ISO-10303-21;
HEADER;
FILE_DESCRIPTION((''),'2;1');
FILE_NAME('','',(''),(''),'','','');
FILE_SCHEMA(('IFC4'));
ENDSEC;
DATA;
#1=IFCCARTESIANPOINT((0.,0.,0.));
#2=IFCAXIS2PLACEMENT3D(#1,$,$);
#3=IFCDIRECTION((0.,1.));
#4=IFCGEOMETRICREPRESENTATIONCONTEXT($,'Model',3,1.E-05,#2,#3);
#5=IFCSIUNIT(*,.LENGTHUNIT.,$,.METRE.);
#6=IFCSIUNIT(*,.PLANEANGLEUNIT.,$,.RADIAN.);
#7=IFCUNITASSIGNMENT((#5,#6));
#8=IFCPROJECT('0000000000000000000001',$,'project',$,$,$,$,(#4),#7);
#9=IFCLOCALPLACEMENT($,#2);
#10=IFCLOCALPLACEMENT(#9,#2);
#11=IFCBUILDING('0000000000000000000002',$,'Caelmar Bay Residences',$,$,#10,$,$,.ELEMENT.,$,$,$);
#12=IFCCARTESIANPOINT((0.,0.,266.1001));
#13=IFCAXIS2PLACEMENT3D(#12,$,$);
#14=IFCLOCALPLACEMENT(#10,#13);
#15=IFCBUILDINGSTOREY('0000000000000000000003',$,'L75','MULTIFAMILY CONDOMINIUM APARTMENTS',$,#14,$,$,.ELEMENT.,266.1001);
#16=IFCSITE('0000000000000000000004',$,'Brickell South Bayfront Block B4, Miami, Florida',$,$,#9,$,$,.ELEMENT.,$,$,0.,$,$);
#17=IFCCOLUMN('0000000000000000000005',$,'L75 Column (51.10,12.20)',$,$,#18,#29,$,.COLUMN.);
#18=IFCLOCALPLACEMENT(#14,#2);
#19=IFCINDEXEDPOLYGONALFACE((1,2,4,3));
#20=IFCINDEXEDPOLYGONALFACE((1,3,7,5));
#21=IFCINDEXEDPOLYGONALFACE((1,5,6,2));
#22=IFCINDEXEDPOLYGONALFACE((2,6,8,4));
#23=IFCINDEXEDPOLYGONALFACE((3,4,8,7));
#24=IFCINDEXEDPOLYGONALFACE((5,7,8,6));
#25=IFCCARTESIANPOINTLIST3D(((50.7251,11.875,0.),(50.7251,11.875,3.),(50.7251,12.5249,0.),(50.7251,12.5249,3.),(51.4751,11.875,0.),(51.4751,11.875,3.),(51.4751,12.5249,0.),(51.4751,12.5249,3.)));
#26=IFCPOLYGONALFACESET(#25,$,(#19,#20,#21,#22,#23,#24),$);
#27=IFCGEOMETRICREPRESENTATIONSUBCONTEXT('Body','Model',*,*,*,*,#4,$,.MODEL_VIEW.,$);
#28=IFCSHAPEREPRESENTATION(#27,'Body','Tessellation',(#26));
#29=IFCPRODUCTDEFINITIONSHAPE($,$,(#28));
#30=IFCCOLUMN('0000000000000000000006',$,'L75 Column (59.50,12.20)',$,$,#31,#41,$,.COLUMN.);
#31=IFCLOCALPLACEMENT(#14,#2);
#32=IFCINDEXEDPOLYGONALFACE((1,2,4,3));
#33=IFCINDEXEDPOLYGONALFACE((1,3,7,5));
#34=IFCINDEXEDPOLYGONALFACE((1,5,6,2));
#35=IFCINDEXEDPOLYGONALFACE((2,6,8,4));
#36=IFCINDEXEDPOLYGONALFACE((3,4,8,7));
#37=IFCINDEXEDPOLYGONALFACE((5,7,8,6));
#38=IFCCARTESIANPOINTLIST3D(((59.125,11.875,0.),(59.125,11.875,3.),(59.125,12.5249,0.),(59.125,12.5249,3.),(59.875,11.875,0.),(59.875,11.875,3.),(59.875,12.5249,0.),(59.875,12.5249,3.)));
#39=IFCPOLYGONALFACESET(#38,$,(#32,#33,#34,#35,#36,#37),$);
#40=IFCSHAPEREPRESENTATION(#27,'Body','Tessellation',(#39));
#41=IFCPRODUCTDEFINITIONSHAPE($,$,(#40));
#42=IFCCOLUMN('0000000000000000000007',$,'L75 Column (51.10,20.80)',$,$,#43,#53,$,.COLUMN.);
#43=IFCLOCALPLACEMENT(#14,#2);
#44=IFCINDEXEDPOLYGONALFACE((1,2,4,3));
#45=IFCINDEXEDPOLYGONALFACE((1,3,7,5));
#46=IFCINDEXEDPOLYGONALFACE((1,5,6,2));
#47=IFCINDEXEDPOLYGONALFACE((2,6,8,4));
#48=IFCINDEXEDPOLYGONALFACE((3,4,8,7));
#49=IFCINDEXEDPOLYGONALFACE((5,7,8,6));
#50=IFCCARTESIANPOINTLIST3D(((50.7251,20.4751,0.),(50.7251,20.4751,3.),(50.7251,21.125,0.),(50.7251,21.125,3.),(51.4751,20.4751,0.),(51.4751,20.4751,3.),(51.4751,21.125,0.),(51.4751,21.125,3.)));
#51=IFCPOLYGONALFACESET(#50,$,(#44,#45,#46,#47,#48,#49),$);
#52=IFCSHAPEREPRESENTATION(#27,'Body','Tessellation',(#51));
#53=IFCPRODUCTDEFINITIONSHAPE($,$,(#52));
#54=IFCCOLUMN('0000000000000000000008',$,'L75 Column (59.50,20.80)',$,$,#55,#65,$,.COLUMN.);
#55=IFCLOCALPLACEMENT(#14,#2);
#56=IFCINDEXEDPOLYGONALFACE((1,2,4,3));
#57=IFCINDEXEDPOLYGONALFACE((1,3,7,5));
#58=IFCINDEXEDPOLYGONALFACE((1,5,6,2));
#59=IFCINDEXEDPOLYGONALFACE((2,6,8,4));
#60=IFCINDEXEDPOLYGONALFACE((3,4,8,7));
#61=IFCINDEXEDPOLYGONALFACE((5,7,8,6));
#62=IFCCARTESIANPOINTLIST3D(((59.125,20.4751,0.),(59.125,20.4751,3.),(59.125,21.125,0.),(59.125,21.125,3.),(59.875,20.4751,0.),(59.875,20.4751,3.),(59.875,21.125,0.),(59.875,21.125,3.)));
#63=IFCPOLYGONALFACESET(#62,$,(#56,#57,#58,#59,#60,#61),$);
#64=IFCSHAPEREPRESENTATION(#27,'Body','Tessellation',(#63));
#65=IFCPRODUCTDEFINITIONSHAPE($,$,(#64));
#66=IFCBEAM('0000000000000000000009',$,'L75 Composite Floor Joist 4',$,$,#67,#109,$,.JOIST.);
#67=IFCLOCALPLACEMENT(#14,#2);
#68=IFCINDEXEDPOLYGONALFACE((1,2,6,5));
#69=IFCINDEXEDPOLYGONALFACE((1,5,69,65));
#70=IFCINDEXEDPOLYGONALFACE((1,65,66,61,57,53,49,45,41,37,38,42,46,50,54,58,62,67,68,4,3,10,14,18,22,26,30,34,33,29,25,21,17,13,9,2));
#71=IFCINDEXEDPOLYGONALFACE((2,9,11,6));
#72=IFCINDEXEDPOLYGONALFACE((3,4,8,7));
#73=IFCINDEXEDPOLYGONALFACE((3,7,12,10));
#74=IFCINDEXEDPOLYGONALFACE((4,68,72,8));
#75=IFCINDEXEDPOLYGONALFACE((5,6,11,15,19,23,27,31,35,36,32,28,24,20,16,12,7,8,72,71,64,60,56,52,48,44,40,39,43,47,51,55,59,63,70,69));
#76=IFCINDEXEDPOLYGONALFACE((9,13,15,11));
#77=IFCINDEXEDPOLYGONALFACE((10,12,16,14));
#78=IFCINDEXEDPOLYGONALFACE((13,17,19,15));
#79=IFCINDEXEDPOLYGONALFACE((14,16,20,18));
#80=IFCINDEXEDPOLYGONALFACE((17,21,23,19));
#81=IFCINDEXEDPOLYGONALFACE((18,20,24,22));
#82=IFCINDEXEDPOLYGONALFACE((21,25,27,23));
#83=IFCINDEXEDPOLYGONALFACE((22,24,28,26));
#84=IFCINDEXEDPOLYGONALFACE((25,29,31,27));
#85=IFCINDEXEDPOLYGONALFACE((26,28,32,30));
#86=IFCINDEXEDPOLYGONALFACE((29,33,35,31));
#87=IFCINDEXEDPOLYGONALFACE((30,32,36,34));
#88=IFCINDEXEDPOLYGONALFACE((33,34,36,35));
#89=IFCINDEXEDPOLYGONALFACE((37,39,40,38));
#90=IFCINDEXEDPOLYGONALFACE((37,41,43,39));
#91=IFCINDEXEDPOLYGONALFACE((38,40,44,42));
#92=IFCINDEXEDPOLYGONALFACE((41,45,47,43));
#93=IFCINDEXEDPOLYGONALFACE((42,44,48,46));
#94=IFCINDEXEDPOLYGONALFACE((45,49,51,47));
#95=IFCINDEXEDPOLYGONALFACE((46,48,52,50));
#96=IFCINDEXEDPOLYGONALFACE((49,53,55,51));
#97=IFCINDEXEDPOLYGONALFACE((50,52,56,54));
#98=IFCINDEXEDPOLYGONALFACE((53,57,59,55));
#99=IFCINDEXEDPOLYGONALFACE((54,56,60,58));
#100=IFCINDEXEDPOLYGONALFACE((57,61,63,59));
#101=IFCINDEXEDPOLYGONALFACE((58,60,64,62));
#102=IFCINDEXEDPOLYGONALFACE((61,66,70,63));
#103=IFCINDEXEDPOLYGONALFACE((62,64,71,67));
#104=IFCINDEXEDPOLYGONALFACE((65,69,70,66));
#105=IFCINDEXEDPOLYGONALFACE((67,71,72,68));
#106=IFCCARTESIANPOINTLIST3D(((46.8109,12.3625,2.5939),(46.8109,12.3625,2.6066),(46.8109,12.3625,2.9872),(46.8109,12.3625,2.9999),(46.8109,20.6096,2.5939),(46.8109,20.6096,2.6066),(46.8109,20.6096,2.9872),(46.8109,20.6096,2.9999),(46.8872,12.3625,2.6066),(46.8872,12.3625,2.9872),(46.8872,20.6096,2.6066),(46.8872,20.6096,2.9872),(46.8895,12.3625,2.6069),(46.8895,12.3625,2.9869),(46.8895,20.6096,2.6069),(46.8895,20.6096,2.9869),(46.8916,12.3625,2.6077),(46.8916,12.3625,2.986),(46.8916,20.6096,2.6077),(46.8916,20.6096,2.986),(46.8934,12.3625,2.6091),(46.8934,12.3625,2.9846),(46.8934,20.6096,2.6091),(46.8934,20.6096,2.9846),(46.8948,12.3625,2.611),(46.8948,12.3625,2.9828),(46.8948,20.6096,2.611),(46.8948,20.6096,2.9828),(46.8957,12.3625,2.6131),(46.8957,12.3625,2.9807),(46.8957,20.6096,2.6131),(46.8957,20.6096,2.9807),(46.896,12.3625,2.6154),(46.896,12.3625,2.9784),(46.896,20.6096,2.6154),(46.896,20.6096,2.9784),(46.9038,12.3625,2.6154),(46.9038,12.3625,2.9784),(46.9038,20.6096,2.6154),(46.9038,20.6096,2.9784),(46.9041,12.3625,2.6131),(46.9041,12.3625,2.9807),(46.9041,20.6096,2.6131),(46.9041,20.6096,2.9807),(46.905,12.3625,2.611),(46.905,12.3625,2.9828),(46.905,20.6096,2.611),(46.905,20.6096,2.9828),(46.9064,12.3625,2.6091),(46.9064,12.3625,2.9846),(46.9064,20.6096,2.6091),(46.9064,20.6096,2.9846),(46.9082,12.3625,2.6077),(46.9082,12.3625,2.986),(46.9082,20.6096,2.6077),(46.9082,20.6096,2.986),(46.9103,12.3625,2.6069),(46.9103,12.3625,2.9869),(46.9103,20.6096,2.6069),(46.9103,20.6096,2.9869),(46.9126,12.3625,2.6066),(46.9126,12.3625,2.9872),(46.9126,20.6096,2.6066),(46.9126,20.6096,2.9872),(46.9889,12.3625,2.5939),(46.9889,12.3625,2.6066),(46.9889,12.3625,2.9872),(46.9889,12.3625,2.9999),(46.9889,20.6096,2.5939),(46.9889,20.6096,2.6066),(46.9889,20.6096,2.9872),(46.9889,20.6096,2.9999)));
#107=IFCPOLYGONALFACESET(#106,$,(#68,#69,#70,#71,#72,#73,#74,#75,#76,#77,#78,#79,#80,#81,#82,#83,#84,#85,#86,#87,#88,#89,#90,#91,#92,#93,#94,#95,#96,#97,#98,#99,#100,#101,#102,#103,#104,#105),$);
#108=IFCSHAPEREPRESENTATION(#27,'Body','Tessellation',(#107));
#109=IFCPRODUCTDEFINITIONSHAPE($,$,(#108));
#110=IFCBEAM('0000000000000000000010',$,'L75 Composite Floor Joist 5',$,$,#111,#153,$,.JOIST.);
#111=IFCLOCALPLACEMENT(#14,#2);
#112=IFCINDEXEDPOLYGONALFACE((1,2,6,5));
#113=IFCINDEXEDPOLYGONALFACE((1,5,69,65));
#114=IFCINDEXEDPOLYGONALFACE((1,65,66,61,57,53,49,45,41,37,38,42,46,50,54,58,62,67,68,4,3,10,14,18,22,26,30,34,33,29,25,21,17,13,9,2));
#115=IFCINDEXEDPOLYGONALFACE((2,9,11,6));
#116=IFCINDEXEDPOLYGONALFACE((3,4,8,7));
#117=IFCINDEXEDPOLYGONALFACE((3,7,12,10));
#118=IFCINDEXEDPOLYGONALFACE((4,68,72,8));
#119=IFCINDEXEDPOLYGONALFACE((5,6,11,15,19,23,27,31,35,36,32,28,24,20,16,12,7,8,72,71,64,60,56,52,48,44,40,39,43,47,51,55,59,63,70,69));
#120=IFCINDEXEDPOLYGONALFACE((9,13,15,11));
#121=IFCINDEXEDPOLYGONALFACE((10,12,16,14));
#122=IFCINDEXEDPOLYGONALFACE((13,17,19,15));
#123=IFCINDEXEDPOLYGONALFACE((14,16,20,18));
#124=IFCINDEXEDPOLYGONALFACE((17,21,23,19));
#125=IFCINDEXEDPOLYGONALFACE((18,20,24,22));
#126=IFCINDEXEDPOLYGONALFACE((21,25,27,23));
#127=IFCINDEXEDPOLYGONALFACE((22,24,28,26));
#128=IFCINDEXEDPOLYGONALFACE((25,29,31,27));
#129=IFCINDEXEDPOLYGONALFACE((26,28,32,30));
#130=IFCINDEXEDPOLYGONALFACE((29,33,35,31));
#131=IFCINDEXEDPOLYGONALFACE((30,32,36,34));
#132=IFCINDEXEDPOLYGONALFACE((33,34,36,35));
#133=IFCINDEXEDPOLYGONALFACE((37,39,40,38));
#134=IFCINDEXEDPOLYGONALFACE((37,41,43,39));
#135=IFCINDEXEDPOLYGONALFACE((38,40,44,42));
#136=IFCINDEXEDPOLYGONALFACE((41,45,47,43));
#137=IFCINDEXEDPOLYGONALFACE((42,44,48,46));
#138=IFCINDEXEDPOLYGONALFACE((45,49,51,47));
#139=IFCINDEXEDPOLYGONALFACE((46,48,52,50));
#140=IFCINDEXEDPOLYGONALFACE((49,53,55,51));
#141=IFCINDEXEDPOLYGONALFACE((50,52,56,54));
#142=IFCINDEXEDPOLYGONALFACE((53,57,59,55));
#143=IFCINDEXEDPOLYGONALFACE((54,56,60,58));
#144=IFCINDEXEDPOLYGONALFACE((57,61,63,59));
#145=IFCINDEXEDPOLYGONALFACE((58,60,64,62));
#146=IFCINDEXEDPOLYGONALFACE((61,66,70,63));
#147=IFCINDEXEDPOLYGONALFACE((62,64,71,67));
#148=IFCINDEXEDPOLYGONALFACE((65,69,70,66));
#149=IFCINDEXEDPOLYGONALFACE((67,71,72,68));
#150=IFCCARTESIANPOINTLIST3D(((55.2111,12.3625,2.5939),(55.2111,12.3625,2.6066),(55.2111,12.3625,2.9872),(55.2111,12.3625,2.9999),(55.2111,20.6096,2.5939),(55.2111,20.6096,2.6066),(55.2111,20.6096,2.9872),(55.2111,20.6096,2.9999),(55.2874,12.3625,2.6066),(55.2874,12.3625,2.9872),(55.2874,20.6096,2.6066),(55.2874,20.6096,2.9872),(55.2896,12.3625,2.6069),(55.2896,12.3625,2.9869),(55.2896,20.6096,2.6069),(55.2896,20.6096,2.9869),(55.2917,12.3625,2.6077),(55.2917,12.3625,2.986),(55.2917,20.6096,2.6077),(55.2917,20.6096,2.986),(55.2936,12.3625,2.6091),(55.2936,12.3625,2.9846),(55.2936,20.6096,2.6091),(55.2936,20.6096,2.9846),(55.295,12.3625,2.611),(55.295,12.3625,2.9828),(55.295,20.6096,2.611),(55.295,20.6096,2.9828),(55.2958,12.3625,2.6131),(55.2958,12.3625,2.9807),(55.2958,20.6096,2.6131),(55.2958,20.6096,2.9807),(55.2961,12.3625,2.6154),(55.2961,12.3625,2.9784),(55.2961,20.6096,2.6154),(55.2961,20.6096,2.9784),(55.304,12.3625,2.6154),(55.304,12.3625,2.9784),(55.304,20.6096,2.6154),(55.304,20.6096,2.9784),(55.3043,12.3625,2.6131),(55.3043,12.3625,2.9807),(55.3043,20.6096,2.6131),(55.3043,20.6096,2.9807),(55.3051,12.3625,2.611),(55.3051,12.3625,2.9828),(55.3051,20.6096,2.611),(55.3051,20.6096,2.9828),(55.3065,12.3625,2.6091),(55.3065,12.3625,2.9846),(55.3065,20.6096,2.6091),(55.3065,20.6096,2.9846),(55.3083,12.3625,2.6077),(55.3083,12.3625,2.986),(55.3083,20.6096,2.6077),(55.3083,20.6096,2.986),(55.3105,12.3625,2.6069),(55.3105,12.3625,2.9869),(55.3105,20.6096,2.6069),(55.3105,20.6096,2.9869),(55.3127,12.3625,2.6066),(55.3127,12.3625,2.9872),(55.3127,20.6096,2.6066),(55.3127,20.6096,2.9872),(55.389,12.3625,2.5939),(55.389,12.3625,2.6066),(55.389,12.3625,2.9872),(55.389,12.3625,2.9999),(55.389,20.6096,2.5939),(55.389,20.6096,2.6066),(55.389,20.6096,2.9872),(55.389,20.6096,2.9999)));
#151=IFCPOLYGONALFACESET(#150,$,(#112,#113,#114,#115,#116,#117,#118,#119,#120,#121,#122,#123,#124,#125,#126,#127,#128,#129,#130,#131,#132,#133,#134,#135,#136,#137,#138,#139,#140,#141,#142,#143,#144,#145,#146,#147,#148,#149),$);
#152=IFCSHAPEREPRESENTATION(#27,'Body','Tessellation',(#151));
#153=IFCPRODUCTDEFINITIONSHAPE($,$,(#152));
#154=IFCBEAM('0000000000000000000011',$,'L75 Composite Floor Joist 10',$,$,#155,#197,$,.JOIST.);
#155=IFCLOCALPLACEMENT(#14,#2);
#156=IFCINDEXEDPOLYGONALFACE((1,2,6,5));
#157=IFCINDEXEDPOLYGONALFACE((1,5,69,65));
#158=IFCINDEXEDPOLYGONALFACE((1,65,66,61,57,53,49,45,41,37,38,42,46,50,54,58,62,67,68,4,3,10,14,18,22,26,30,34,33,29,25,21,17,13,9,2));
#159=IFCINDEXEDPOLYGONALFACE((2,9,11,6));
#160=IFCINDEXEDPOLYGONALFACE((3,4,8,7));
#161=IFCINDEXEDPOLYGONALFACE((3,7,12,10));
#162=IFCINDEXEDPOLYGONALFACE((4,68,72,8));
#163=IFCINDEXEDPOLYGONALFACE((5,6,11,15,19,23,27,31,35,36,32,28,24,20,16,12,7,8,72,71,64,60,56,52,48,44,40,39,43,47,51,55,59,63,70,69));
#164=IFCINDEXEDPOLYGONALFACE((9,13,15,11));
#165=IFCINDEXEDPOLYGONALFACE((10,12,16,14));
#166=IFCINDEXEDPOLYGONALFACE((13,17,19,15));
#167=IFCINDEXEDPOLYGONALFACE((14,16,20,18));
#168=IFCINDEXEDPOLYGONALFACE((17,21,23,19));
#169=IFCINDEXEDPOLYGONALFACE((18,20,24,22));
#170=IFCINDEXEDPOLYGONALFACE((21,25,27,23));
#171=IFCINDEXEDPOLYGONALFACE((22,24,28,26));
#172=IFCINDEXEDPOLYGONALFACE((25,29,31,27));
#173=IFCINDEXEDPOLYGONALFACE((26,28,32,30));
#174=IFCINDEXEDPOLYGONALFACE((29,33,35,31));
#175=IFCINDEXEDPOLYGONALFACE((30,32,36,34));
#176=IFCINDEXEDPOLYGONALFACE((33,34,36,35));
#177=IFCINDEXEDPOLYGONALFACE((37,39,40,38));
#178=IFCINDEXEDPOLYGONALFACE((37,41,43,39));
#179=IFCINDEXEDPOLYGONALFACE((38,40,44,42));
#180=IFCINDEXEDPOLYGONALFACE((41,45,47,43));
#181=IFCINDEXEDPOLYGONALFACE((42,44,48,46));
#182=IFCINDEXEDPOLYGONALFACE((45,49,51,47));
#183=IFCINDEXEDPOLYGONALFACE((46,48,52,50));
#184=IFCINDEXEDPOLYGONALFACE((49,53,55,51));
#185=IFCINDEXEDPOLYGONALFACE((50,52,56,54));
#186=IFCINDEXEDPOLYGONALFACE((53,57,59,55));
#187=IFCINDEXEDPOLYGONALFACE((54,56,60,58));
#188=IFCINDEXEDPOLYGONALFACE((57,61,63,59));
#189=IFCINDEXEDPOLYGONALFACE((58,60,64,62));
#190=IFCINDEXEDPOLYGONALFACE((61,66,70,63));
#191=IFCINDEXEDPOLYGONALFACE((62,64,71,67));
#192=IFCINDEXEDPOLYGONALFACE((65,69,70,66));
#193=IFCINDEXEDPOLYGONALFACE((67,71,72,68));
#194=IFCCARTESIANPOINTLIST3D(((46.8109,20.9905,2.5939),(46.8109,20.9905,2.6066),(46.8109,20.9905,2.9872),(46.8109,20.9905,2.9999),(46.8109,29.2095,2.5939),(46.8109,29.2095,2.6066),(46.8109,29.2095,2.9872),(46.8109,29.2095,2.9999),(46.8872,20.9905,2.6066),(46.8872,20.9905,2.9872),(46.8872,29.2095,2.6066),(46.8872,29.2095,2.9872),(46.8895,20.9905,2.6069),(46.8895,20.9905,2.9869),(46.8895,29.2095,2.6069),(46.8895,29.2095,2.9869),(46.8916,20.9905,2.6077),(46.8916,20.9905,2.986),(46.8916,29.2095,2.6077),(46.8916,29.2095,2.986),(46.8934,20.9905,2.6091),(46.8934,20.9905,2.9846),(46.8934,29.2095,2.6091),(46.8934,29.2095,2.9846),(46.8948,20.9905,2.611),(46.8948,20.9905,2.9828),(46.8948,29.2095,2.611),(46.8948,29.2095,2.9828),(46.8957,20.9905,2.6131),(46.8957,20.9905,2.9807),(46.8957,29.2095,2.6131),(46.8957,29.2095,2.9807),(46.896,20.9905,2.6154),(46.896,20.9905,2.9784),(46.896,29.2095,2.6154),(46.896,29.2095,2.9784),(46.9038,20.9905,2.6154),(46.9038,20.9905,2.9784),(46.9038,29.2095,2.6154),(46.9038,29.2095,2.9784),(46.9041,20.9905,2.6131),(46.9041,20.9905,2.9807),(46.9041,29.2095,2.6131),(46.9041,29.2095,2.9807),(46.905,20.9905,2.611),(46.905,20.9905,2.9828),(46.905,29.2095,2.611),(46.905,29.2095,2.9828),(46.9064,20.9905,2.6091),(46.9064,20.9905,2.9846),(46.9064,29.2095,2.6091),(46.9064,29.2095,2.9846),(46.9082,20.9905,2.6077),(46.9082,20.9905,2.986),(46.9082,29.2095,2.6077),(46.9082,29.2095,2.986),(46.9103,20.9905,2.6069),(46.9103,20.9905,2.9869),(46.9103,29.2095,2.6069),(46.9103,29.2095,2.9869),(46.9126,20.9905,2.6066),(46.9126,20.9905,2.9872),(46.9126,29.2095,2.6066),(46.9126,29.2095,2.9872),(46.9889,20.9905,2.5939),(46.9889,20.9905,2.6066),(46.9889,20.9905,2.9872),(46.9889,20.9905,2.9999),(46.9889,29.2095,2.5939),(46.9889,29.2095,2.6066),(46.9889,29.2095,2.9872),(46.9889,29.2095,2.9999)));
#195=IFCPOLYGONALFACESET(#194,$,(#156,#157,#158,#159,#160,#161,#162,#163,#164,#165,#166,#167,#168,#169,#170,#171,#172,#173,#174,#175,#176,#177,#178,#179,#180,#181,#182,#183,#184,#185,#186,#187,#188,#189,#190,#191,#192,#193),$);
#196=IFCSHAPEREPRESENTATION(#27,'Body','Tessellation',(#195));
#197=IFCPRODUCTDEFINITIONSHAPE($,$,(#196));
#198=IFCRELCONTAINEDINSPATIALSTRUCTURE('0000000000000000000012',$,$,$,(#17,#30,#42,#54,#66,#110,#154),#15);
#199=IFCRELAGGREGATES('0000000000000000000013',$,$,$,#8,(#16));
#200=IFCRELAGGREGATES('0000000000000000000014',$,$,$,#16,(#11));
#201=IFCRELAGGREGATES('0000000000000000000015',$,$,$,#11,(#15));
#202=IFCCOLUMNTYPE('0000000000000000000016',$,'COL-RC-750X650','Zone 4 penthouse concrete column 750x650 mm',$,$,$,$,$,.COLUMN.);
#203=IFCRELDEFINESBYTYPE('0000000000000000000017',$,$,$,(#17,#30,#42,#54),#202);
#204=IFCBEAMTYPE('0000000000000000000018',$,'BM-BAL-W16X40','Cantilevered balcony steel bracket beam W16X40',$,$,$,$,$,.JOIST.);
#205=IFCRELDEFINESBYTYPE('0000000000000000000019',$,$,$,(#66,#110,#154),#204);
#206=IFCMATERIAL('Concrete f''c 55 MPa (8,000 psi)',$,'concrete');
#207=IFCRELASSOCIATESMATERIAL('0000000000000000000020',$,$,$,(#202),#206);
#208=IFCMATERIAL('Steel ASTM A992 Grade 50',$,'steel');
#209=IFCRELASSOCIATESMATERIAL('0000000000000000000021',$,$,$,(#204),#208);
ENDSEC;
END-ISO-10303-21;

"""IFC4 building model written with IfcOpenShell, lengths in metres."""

from ifc_helpers import new_model, si_unit, direction, frame, origin, origin_2d, place, context, subcontext, project, spatial, rectangle, i_section, extrude, material, material_profile, profile_set, type_object, element, save


model = new_model("IFC4")

# Units and contexts
model_context = context("Model", 3, precision=1e-05, world=origin(), true_north=direction((0.0, 1.0)))
body_context = subcontext(model_context, "Body", "Model", "MODEL_VIEW")
ifc_project = project(units=[si_unit("LENGTHUNIT", "METRE"), si_unit("PLANEANGLEUNIT", "RADIAN")], contexts=[model_context])

# Site, building, storey
site_placement = place(None, origin())
site = spatial("IfcSite", under=ifc_project, at=site_placement, Name="Brickell South Bayfront Block B4, Miami, Florida", CompositionType="ELEMENT", RefElevation=0.0)
building_placement = place(site_placement, origin())
building = spatial("IfcBuilding", under=site, at=building_placement, Name="Caelmar Bay Residences", CompositionType="ELEMENT")
storey_placement = place(building_placement, frame((0.0, 0.0, 266.1001)))
storey = spatial("IfcBuildingStorey", under=building, at=storey_placement, Name="L75", Description="MULTIFAMILY CONDOMINIUM APARTMENTS", CompositionType="ELEMENT", Elevation=266.1001)

# Columns
ifc_material_1 = material(Name="Concrete f'c 55 MPa (8,000 psi)", Category="concrete")
ifc_material_profile_1 = material_profile(ifc_material_1, rectangle(XDim=0.75, YDim=0.6499, at=origin_2d()), Name="RC-COL-750X650")
ifc_profile_set_1 = profile_set([ifc_material_profile_1], Name="Concrete f'c 55 MPa (8,000 psi)")
column_type = type_object("IfcColumnType", Name="COL-RC-750X650", Description="Zone 4 penthouse concrete column 750x650 mm", PredefinedType="COLUMN", material=ifc_profile_set_1)
for number, where, z_axis, x_axis, name in (
    (1, (51.1001, 12.2, 0.0), (0.0, 0.0, 1.0), (1.0, 0.0, 0.0), "L75 Column (51.10,12.20)"),
    (2, (59.5, 12.2, 0.0), (0.0, 0.0, 1.0), (1.0, 0.0, 0.0), "L75 Column (59.50,12.20)"),
    (3, (51.1001, 20.8, 0.0), (0.0, 0.0, 1.0), (1.0, 0.0, 0.0), "L75 Column (51.10,20.80)"),
    (4, (59.5, 20.8, 0.0), (0.0, 0.0, 1.0), (1.0, 0.0, 0.0), "L75 Column (59.50,20.80)"),
):
    element("IfcColumn", number, at=place(storey_placement, frame(where, z_axis=z_axis, x_axis=x_axis)), inside=storey, type_object=column_type, Name=name, PredefinedType="COLUMN", context=body_context, shape_type="SweptSolid", body=[
        extrude(rectangle(XDim=0.75, YDim=0.6499, at=origin_2d()), origin(), (0.0, 0.0, 1.0), 3.0),
    ])

# Beams
ifc_material_2 = material(Name="Steel ASTM A992 Grade 50", Category="steel")
ifc_material_profile_2 = material_profile(ifc_material_2, i_section(OverallWidth=0.178, OverallDepth=0.406, WebThickness=0.0078, FlangeThickness=0.0127, FilletRadius=0.0088, at=origin_2d()), Name="W16X40")
ifc_profile_set_2 = profile_set([ifc_material_profile_2], Name="Steel ASTM A992 Grade 50")
beam_type_1 = type_object("IfcBeamType", Name="BM-BAL-W16X40", Description="Cantilevered balcony steel bracket beam W16X40", PredefinedType="JOIST", material=ifc_profile_set_2)
for number, where, z_axis, x_axis, name in (
    (5, (46.8999, 12.3625, 2.7969), (0.0, 1.0, 0.0), (-1.0, 0.0, 0.0), "L75 Composite Floor Joist 4"),
    (6, (55.3, 12.3625, 2.7969), (0.0, 1.0, 0.0), (-1.0, 0.0, 0.0), "L75 Composite Floor Joist 5"),
):
    element("IfcBeam", number, at=place(storey_placement, frame(where, z_axis=z_axis, x_axis=x_axis)), inside=storey, type_object=beam_type_1, Name=name, PredefinedType="JOIST", context=body_context, shape_type="SweptSolid", body=[
        extrude(i_section(OverallWidth=0.178, OverallDepth=0.406, WebThickness=0.0078, FlangeThickness=0.0127, FilletRadius=0.0088, at=origin_2d()), origin(), (0.0, 0.0, 1.0), 8.2471),
    ])
for number, where, z_axis, x_axis, name in (
    (7, (46.8999, 20.9905, 2.7969), (0.0, 1.0, 0.0), (-1.0, 0.0, 0.0), "L75 Composite Floor Joist 10"),
):
    element("IfcBeam", number, at=place(storey_placement, frame(where, z_axis=z_axis, x_axis=x_axis)), inside=storey, type_object=beam_type_1, Name=name, PredefinedType="JOIST", context=body_context, shape_type="SweptSolid", body=[
        extrude(i_section(OverallWidth=0.178, OverallDepth=0.406, WebThickness=0.0078, FlangeThickness=0.0127, FilletRadius=0.0088, at=origin_2d()), origin(), (0.0, 0.0, 1.0), 8.219),
    ])

save(model, "model.ifc")
